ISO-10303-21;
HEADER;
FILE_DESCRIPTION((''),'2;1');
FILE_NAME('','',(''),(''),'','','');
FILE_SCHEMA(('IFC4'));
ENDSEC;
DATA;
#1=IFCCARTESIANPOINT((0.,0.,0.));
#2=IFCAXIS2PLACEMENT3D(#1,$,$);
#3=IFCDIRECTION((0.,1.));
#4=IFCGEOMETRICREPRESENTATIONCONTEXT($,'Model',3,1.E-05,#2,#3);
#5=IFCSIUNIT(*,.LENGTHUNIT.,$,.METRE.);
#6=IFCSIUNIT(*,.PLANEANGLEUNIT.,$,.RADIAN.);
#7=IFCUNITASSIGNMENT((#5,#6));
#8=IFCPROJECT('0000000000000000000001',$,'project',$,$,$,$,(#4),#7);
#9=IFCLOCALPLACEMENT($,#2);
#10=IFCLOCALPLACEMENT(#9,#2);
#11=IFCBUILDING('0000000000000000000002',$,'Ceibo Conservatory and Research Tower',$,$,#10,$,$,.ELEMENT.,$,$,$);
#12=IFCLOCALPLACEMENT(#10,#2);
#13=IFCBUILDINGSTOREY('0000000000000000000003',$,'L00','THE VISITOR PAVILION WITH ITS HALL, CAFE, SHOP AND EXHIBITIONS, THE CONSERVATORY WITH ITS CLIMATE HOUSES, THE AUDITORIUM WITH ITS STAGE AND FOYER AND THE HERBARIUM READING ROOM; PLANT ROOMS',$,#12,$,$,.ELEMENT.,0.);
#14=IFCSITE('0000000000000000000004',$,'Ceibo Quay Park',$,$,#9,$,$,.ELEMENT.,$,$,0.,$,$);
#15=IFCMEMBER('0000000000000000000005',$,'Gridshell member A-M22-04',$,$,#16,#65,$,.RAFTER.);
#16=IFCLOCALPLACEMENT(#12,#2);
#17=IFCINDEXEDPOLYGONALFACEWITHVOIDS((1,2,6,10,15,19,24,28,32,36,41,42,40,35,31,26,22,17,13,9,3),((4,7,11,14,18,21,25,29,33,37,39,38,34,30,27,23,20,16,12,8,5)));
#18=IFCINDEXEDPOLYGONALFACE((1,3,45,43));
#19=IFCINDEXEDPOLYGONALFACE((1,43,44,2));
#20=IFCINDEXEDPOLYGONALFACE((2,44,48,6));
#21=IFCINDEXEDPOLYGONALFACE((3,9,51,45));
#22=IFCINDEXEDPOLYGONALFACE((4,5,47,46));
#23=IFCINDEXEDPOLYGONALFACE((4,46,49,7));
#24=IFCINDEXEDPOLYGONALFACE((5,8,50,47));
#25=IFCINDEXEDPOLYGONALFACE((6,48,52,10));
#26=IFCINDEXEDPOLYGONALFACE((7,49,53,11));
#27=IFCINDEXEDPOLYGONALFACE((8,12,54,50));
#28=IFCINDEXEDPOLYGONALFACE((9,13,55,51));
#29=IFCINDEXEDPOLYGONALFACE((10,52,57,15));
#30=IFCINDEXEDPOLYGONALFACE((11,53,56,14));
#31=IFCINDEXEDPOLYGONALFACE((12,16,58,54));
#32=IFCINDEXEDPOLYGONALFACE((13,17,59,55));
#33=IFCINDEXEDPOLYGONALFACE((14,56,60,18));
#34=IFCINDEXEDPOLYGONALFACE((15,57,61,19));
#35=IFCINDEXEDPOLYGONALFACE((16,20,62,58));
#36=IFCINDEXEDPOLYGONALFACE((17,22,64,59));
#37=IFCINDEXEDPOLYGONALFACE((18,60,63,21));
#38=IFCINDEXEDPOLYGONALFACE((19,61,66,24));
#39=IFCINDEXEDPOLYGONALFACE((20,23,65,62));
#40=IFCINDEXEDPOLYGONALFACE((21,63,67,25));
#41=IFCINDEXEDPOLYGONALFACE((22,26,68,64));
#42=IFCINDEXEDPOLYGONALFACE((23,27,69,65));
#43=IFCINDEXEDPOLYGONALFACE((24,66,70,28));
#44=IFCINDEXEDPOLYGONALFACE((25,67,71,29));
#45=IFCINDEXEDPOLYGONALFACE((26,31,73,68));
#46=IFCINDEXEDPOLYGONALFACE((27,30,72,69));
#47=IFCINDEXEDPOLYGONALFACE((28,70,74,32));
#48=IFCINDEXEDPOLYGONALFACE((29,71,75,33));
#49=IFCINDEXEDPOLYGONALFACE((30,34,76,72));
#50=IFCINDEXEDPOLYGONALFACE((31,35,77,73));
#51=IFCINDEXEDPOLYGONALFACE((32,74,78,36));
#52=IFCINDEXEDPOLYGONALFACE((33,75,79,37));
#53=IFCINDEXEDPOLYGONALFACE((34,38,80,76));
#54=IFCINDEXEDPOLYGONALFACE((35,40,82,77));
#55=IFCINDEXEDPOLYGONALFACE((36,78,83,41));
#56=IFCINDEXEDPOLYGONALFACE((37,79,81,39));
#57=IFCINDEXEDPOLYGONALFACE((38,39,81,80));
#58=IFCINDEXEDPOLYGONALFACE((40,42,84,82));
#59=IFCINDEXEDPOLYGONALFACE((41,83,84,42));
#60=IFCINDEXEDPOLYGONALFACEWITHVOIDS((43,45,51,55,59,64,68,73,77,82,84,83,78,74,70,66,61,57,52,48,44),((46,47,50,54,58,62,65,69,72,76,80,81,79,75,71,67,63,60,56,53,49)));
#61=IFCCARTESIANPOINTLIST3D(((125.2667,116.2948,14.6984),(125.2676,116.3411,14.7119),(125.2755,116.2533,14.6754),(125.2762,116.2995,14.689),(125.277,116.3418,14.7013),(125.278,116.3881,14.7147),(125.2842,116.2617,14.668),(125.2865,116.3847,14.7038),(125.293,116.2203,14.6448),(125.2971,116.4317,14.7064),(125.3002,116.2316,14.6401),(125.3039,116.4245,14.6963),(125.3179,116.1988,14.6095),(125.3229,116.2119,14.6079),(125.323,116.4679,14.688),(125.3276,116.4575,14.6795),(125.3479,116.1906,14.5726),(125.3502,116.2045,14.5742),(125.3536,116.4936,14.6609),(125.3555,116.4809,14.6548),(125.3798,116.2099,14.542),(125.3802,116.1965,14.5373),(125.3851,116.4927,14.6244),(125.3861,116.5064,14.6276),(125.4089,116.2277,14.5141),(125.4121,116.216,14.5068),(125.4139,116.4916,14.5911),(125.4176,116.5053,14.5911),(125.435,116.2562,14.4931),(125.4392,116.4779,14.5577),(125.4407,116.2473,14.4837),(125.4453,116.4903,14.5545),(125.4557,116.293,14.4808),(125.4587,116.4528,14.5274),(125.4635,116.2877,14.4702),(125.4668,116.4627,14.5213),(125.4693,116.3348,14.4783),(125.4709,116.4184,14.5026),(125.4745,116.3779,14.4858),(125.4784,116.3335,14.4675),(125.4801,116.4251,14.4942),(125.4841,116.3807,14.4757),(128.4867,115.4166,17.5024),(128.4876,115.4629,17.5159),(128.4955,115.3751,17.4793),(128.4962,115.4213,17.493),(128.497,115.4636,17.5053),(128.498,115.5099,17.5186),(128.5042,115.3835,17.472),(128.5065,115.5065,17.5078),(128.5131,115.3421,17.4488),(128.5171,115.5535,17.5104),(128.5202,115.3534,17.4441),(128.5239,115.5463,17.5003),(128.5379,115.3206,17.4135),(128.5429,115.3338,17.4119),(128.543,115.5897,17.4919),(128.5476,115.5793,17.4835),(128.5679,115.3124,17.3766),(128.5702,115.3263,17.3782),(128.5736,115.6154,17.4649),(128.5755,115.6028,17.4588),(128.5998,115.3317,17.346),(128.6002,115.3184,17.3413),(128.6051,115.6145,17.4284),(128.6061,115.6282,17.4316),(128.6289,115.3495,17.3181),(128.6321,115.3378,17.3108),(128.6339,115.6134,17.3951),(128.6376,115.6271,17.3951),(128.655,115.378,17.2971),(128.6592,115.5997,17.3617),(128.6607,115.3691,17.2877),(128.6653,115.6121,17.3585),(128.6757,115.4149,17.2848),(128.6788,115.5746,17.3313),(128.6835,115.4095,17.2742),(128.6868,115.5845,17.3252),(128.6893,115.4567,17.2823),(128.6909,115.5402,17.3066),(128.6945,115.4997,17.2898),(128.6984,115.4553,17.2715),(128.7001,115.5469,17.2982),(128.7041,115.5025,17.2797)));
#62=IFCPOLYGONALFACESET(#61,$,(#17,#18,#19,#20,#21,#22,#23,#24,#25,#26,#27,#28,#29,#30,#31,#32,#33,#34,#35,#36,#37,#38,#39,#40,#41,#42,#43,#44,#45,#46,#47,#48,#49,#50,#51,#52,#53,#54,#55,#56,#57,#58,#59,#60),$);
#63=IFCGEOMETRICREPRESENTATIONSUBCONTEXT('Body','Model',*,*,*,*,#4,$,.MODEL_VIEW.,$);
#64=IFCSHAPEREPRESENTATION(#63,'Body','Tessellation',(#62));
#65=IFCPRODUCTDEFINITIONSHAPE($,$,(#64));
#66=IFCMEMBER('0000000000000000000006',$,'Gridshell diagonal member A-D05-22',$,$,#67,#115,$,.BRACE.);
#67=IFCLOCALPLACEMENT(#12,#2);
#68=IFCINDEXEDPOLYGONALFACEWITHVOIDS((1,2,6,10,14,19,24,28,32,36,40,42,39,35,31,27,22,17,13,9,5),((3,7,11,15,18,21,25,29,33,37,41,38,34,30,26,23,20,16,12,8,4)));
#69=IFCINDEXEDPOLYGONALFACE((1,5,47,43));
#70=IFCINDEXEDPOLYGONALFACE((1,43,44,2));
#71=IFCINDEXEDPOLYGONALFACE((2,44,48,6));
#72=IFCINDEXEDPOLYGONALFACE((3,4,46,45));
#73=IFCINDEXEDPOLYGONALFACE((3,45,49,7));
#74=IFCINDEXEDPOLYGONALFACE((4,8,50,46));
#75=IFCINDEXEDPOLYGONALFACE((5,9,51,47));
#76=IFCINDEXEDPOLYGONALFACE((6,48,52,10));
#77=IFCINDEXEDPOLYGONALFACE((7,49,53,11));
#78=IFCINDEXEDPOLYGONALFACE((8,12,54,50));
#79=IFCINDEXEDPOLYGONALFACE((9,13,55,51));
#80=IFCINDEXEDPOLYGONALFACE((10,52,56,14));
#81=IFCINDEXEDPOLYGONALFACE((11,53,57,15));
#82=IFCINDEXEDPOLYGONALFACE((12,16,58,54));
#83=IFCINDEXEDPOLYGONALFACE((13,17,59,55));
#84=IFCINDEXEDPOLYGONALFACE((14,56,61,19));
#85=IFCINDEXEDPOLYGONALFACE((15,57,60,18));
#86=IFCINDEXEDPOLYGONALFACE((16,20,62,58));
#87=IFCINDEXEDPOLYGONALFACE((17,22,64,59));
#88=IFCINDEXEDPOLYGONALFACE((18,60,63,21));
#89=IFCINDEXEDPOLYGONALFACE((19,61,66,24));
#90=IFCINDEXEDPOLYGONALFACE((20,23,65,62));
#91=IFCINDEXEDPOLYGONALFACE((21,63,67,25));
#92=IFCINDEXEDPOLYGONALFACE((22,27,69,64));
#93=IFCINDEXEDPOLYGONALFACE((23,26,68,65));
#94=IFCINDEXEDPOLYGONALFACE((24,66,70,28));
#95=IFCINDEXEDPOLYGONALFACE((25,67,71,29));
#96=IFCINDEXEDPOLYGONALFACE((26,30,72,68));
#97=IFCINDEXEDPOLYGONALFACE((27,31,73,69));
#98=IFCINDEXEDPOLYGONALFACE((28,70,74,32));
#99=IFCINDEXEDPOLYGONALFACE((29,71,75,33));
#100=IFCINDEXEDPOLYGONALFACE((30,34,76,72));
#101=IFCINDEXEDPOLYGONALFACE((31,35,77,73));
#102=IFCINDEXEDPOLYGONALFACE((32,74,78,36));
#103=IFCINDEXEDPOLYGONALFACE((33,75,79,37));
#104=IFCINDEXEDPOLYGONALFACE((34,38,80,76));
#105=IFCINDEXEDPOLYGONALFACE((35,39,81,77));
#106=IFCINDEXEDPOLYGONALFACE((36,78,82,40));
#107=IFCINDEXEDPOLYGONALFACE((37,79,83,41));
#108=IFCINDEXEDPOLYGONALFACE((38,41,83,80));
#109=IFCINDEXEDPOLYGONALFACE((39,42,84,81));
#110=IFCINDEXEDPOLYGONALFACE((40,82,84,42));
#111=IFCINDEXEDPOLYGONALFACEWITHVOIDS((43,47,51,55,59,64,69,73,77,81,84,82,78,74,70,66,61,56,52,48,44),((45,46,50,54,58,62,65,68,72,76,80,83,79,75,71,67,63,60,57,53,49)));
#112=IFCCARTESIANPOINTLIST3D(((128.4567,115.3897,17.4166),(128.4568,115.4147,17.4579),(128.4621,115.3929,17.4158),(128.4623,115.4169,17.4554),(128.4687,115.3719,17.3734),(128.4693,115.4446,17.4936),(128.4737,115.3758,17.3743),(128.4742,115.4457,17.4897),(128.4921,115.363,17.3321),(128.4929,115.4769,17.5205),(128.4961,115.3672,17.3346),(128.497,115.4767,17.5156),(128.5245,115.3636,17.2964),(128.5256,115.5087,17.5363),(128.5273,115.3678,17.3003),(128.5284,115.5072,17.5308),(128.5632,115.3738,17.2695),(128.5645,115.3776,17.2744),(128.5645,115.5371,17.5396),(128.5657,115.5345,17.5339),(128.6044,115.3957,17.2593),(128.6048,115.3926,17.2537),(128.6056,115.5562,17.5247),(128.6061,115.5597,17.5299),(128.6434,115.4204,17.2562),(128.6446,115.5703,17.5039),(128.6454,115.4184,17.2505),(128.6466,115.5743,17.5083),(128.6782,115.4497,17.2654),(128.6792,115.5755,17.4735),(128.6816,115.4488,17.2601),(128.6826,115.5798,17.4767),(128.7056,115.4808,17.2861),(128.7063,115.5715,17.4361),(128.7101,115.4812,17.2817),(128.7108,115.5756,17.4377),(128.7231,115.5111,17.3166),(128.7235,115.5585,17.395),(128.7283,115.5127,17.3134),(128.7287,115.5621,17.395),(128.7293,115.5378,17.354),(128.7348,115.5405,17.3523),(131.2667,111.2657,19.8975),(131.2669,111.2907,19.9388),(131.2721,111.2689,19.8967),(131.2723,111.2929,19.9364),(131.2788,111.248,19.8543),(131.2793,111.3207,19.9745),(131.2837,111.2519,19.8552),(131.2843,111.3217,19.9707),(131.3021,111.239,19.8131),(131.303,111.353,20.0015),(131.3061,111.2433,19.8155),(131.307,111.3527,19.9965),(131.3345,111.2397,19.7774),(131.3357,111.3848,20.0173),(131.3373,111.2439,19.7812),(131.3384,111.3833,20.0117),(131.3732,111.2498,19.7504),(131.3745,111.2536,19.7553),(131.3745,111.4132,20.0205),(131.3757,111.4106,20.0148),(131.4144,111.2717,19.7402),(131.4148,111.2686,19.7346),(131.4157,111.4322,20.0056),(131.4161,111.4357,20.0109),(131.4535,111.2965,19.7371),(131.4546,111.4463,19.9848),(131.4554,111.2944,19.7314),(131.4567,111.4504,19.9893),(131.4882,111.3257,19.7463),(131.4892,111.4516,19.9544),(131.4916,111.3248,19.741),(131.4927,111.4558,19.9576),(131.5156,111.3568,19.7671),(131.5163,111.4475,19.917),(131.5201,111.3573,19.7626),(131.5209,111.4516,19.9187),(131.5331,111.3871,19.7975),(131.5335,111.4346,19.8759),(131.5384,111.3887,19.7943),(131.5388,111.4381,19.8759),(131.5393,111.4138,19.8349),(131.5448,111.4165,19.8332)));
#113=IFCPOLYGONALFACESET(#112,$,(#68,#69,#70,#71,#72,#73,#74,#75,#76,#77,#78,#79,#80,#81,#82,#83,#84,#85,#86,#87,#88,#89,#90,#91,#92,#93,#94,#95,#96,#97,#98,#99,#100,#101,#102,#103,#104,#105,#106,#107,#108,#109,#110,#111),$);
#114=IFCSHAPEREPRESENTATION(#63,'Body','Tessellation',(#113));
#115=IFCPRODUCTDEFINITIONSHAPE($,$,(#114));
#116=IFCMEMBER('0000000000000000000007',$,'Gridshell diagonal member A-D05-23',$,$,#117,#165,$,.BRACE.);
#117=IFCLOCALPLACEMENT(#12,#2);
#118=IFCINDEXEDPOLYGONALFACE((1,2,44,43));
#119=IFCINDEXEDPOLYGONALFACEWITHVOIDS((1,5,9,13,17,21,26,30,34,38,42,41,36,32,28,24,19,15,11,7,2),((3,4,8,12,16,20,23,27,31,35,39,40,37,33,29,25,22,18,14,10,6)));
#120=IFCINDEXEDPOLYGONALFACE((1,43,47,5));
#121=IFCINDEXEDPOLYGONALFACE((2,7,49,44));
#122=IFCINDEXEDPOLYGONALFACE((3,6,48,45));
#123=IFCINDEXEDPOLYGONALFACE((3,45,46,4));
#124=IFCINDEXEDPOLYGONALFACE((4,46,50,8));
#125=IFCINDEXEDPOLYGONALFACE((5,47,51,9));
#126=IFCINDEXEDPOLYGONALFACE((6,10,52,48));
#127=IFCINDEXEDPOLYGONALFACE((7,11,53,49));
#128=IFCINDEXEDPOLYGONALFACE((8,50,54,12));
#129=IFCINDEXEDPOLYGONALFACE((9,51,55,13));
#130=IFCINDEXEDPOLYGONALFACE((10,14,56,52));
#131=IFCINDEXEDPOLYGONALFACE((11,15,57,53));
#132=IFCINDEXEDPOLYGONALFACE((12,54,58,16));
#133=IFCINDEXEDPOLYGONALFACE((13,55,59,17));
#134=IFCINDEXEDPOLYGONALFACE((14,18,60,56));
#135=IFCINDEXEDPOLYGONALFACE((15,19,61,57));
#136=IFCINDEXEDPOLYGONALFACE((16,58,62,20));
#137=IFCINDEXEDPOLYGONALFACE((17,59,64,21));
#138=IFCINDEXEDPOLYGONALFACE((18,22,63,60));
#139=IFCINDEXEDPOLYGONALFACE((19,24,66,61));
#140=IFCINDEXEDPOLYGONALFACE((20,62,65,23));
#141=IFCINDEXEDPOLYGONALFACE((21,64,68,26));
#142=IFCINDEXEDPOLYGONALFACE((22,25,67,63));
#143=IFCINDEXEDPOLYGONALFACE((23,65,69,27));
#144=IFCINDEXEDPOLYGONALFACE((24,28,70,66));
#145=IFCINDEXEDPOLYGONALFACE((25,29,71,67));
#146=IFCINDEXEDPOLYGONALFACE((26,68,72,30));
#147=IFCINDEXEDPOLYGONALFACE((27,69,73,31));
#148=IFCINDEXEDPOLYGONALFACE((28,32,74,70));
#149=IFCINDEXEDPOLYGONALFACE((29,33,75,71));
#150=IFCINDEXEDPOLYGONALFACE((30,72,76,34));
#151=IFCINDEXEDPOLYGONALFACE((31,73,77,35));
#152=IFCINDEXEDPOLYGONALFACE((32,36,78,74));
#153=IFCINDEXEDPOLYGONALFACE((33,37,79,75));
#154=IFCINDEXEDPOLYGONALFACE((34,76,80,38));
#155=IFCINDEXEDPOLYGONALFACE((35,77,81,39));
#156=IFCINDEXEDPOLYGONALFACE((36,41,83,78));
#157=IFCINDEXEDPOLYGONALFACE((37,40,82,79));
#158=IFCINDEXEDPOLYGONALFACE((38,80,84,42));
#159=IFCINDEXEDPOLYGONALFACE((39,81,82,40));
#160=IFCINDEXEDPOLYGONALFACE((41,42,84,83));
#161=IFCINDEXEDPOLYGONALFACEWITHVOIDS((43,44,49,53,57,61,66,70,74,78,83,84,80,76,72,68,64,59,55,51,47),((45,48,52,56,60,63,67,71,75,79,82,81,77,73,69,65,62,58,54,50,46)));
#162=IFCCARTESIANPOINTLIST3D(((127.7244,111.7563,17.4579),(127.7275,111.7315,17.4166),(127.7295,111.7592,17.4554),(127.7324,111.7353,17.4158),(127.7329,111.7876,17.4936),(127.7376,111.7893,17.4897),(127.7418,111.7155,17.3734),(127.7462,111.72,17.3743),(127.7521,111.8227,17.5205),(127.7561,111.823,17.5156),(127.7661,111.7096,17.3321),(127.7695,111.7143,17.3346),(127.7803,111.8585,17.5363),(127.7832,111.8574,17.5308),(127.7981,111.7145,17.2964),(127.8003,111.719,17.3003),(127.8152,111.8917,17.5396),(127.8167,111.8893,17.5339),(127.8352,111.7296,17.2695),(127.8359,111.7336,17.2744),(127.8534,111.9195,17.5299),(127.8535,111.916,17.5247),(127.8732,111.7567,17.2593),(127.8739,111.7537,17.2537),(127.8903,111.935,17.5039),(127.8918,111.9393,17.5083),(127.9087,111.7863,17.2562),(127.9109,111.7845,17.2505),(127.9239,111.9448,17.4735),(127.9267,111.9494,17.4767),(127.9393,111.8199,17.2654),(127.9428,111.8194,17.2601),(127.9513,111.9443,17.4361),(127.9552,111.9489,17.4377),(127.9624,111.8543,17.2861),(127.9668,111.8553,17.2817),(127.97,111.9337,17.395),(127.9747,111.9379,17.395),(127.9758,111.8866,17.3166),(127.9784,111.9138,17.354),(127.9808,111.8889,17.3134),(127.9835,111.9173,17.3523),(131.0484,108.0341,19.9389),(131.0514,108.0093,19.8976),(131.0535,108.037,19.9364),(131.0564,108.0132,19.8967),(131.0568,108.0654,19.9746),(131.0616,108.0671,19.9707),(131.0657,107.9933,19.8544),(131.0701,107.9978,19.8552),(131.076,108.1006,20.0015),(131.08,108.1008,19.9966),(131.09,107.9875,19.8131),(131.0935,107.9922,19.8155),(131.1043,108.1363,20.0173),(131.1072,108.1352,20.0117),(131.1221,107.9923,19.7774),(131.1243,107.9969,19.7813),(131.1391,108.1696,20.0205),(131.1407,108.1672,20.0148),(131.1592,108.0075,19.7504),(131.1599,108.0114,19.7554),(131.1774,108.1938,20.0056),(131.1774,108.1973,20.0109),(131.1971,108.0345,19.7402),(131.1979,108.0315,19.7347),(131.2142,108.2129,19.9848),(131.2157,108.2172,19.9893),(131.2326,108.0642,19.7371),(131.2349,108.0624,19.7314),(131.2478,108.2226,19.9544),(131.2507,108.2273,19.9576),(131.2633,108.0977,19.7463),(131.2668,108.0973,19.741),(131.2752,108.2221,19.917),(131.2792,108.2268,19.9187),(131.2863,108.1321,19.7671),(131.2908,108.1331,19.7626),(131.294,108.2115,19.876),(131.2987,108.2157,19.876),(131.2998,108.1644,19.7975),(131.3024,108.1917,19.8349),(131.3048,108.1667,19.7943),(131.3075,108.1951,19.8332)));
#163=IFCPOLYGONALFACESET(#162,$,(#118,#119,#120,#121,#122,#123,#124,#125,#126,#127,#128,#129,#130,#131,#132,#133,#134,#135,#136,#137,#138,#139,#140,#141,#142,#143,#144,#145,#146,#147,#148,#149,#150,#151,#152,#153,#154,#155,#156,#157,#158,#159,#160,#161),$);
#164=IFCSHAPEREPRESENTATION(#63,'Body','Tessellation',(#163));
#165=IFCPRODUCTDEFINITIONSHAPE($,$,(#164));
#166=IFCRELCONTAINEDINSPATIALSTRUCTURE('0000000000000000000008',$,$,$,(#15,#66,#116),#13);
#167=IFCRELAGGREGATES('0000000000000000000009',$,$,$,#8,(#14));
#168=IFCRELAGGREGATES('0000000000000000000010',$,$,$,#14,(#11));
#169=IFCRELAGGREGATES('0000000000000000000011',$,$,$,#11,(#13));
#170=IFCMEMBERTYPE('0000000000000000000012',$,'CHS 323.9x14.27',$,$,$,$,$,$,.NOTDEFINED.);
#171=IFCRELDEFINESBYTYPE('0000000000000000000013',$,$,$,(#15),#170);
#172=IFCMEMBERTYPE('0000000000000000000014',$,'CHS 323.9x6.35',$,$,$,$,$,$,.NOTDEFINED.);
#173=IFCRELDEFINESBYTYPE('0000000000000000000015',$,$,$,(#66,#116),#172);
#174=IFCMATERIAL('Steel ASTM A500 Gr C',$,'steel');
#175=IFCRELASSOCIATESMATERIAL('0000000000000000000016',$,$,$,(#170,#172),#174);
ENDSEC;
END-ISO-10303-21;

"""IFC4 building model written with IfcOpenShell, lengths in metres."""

from ifc_helpers import new_model, si_unit, direction, frame, origin, origin_2d, place, context, subcontext, project, spatial, hollow_circle, extrude, material, material_profile, profile_set, type_object, element, save


model = new_model("IFC4")

# Units and contexts
model_context = context("Model", 3, precision=1e-05, world=origin(), true_north=direction((0.0, 1.0)))
body_context = subcontext(model_context, "Body", "Model", "MODEL_VIEW")
ifc_project = project(units=[si_unit("LENGTHUNIT", "METRE"), si_unit("PLANEANGLEUNIT", "RADIAN")], contexts=[model_context])

# Site, building, storey
site_placement = place(None, origin())
site = spatial("IfcSite", under=ifc_project, at=site_placement, Name="Ceibo Quay Park", CompositionType="ELEMENT", RefElevation=0.0)
building_placement = place(site_placement, origin())
building = spatial("IfcBuilding", under=site, at=building_placement, Name="Ceibo Conservatory and Research Tower", CompositionType="ELEMENT")
storey_placement = place(building_placement, origin())
storey = spatial("IfcBuildingStorey", under=building, at=storey_placement, Name="L00", Description="THE VISITOR PAVILION WITH ITS HALL, CAFE, SHOP AND EXHIBITIONS, THE CONSERVATORY WITH ITS CLIMATE HOUSES, THE AUDITORIUM WITH ITS STAGE AND FOYER AND THE HERBARIUM READING ROOM; PLANT ROOMS", CompositionType="ELEMENT", Elevation=0.0)

# Members
ifc_material_1 = material(Name="Steel ASTM A500 Gr C", Category="steel")
ifc_material_profile_1 = material_profile(ifc_material_1, hollow_circle(Radius=0.1619, WallThickness=0.0142, at=origin_2d()), Name="CHS 323.9x14.27")
ifc_profile_set_1 = profile_set([ifc_material_profile_1], Name="Steel ASTM A500 Gr C")
member_type_1 = type_object("IfcMemberType", Name="CHS 323.9x14.27", PredefinedType="NOTDEFINED", material=ifc_profile_set_1)
member_1_placement = place(storey_placement, frame((125.375, 116.3491, 14.5911), z_axis=(0.738682, -0.201459, 0.643245), x_axis=(0.263117, 0.964764, 0.0)))
element("IfcMember", 1, at=member_1_placement, inside=storey, type_object=member_type_1, Name="Gridshell member A-M22-04", PredefinedType="RAFTER", context=body_context, shape_type="SweptSolid", body=[
    extrude(hollow_circle(Radius=0.1619, WallThickness=0.0142, at=origin_2d()), origin(), (0.0, 0.0, 1.0), 4.3591),
])
ifc_material_profile_2 = material_profile(ifc_material_1, hollow_circle(Radius=0.1619, WallThickness=0.0063, at=origin_2d()), Name="CHS 323.9x6.35")
ifc_profile_set_2 = profile_set([ifc_material_profile_2], Name="Steel ASTM A500 Gr C")
member_type_2 = type_object("IfcMemberType", Name="CHS 323.9x6.35", PredefinedType="NOTDEFINED", material=ifc_profile_set_2)
for number, where, z_axis, x_axis, name in (
    (2, (128.595, 115.4709, 17.395), (0.504221, -0.739991, 0.445169), (0.826393, 0.563094, 0.0), "Gridshell diagonal member A-D05-22"),
    (3, (127.854, 111.8301, 17.395), (0.596441, -0.667891, 0.445173), (0.745877, 0.666084, 0.0), "Gridshell diagonal member A-D05-23"),
):
    element("IfcMember", number, at=place(storey_placement, frame(where, z_axis=z_axis, x_axis=x_axis)), inside=storey, type_object=member_type_2, Name=name, PredefinedType="BRACE", context=body_context, shape_type="SweptSolid", body=[
        extrude(hollow_circle(Radius=0.1619, WallThickness=0.0063, at=origin_2d()), origin(), (0.0, 0.0, 1.0), 5.573),
    ])

save(model, "model.ifc")
